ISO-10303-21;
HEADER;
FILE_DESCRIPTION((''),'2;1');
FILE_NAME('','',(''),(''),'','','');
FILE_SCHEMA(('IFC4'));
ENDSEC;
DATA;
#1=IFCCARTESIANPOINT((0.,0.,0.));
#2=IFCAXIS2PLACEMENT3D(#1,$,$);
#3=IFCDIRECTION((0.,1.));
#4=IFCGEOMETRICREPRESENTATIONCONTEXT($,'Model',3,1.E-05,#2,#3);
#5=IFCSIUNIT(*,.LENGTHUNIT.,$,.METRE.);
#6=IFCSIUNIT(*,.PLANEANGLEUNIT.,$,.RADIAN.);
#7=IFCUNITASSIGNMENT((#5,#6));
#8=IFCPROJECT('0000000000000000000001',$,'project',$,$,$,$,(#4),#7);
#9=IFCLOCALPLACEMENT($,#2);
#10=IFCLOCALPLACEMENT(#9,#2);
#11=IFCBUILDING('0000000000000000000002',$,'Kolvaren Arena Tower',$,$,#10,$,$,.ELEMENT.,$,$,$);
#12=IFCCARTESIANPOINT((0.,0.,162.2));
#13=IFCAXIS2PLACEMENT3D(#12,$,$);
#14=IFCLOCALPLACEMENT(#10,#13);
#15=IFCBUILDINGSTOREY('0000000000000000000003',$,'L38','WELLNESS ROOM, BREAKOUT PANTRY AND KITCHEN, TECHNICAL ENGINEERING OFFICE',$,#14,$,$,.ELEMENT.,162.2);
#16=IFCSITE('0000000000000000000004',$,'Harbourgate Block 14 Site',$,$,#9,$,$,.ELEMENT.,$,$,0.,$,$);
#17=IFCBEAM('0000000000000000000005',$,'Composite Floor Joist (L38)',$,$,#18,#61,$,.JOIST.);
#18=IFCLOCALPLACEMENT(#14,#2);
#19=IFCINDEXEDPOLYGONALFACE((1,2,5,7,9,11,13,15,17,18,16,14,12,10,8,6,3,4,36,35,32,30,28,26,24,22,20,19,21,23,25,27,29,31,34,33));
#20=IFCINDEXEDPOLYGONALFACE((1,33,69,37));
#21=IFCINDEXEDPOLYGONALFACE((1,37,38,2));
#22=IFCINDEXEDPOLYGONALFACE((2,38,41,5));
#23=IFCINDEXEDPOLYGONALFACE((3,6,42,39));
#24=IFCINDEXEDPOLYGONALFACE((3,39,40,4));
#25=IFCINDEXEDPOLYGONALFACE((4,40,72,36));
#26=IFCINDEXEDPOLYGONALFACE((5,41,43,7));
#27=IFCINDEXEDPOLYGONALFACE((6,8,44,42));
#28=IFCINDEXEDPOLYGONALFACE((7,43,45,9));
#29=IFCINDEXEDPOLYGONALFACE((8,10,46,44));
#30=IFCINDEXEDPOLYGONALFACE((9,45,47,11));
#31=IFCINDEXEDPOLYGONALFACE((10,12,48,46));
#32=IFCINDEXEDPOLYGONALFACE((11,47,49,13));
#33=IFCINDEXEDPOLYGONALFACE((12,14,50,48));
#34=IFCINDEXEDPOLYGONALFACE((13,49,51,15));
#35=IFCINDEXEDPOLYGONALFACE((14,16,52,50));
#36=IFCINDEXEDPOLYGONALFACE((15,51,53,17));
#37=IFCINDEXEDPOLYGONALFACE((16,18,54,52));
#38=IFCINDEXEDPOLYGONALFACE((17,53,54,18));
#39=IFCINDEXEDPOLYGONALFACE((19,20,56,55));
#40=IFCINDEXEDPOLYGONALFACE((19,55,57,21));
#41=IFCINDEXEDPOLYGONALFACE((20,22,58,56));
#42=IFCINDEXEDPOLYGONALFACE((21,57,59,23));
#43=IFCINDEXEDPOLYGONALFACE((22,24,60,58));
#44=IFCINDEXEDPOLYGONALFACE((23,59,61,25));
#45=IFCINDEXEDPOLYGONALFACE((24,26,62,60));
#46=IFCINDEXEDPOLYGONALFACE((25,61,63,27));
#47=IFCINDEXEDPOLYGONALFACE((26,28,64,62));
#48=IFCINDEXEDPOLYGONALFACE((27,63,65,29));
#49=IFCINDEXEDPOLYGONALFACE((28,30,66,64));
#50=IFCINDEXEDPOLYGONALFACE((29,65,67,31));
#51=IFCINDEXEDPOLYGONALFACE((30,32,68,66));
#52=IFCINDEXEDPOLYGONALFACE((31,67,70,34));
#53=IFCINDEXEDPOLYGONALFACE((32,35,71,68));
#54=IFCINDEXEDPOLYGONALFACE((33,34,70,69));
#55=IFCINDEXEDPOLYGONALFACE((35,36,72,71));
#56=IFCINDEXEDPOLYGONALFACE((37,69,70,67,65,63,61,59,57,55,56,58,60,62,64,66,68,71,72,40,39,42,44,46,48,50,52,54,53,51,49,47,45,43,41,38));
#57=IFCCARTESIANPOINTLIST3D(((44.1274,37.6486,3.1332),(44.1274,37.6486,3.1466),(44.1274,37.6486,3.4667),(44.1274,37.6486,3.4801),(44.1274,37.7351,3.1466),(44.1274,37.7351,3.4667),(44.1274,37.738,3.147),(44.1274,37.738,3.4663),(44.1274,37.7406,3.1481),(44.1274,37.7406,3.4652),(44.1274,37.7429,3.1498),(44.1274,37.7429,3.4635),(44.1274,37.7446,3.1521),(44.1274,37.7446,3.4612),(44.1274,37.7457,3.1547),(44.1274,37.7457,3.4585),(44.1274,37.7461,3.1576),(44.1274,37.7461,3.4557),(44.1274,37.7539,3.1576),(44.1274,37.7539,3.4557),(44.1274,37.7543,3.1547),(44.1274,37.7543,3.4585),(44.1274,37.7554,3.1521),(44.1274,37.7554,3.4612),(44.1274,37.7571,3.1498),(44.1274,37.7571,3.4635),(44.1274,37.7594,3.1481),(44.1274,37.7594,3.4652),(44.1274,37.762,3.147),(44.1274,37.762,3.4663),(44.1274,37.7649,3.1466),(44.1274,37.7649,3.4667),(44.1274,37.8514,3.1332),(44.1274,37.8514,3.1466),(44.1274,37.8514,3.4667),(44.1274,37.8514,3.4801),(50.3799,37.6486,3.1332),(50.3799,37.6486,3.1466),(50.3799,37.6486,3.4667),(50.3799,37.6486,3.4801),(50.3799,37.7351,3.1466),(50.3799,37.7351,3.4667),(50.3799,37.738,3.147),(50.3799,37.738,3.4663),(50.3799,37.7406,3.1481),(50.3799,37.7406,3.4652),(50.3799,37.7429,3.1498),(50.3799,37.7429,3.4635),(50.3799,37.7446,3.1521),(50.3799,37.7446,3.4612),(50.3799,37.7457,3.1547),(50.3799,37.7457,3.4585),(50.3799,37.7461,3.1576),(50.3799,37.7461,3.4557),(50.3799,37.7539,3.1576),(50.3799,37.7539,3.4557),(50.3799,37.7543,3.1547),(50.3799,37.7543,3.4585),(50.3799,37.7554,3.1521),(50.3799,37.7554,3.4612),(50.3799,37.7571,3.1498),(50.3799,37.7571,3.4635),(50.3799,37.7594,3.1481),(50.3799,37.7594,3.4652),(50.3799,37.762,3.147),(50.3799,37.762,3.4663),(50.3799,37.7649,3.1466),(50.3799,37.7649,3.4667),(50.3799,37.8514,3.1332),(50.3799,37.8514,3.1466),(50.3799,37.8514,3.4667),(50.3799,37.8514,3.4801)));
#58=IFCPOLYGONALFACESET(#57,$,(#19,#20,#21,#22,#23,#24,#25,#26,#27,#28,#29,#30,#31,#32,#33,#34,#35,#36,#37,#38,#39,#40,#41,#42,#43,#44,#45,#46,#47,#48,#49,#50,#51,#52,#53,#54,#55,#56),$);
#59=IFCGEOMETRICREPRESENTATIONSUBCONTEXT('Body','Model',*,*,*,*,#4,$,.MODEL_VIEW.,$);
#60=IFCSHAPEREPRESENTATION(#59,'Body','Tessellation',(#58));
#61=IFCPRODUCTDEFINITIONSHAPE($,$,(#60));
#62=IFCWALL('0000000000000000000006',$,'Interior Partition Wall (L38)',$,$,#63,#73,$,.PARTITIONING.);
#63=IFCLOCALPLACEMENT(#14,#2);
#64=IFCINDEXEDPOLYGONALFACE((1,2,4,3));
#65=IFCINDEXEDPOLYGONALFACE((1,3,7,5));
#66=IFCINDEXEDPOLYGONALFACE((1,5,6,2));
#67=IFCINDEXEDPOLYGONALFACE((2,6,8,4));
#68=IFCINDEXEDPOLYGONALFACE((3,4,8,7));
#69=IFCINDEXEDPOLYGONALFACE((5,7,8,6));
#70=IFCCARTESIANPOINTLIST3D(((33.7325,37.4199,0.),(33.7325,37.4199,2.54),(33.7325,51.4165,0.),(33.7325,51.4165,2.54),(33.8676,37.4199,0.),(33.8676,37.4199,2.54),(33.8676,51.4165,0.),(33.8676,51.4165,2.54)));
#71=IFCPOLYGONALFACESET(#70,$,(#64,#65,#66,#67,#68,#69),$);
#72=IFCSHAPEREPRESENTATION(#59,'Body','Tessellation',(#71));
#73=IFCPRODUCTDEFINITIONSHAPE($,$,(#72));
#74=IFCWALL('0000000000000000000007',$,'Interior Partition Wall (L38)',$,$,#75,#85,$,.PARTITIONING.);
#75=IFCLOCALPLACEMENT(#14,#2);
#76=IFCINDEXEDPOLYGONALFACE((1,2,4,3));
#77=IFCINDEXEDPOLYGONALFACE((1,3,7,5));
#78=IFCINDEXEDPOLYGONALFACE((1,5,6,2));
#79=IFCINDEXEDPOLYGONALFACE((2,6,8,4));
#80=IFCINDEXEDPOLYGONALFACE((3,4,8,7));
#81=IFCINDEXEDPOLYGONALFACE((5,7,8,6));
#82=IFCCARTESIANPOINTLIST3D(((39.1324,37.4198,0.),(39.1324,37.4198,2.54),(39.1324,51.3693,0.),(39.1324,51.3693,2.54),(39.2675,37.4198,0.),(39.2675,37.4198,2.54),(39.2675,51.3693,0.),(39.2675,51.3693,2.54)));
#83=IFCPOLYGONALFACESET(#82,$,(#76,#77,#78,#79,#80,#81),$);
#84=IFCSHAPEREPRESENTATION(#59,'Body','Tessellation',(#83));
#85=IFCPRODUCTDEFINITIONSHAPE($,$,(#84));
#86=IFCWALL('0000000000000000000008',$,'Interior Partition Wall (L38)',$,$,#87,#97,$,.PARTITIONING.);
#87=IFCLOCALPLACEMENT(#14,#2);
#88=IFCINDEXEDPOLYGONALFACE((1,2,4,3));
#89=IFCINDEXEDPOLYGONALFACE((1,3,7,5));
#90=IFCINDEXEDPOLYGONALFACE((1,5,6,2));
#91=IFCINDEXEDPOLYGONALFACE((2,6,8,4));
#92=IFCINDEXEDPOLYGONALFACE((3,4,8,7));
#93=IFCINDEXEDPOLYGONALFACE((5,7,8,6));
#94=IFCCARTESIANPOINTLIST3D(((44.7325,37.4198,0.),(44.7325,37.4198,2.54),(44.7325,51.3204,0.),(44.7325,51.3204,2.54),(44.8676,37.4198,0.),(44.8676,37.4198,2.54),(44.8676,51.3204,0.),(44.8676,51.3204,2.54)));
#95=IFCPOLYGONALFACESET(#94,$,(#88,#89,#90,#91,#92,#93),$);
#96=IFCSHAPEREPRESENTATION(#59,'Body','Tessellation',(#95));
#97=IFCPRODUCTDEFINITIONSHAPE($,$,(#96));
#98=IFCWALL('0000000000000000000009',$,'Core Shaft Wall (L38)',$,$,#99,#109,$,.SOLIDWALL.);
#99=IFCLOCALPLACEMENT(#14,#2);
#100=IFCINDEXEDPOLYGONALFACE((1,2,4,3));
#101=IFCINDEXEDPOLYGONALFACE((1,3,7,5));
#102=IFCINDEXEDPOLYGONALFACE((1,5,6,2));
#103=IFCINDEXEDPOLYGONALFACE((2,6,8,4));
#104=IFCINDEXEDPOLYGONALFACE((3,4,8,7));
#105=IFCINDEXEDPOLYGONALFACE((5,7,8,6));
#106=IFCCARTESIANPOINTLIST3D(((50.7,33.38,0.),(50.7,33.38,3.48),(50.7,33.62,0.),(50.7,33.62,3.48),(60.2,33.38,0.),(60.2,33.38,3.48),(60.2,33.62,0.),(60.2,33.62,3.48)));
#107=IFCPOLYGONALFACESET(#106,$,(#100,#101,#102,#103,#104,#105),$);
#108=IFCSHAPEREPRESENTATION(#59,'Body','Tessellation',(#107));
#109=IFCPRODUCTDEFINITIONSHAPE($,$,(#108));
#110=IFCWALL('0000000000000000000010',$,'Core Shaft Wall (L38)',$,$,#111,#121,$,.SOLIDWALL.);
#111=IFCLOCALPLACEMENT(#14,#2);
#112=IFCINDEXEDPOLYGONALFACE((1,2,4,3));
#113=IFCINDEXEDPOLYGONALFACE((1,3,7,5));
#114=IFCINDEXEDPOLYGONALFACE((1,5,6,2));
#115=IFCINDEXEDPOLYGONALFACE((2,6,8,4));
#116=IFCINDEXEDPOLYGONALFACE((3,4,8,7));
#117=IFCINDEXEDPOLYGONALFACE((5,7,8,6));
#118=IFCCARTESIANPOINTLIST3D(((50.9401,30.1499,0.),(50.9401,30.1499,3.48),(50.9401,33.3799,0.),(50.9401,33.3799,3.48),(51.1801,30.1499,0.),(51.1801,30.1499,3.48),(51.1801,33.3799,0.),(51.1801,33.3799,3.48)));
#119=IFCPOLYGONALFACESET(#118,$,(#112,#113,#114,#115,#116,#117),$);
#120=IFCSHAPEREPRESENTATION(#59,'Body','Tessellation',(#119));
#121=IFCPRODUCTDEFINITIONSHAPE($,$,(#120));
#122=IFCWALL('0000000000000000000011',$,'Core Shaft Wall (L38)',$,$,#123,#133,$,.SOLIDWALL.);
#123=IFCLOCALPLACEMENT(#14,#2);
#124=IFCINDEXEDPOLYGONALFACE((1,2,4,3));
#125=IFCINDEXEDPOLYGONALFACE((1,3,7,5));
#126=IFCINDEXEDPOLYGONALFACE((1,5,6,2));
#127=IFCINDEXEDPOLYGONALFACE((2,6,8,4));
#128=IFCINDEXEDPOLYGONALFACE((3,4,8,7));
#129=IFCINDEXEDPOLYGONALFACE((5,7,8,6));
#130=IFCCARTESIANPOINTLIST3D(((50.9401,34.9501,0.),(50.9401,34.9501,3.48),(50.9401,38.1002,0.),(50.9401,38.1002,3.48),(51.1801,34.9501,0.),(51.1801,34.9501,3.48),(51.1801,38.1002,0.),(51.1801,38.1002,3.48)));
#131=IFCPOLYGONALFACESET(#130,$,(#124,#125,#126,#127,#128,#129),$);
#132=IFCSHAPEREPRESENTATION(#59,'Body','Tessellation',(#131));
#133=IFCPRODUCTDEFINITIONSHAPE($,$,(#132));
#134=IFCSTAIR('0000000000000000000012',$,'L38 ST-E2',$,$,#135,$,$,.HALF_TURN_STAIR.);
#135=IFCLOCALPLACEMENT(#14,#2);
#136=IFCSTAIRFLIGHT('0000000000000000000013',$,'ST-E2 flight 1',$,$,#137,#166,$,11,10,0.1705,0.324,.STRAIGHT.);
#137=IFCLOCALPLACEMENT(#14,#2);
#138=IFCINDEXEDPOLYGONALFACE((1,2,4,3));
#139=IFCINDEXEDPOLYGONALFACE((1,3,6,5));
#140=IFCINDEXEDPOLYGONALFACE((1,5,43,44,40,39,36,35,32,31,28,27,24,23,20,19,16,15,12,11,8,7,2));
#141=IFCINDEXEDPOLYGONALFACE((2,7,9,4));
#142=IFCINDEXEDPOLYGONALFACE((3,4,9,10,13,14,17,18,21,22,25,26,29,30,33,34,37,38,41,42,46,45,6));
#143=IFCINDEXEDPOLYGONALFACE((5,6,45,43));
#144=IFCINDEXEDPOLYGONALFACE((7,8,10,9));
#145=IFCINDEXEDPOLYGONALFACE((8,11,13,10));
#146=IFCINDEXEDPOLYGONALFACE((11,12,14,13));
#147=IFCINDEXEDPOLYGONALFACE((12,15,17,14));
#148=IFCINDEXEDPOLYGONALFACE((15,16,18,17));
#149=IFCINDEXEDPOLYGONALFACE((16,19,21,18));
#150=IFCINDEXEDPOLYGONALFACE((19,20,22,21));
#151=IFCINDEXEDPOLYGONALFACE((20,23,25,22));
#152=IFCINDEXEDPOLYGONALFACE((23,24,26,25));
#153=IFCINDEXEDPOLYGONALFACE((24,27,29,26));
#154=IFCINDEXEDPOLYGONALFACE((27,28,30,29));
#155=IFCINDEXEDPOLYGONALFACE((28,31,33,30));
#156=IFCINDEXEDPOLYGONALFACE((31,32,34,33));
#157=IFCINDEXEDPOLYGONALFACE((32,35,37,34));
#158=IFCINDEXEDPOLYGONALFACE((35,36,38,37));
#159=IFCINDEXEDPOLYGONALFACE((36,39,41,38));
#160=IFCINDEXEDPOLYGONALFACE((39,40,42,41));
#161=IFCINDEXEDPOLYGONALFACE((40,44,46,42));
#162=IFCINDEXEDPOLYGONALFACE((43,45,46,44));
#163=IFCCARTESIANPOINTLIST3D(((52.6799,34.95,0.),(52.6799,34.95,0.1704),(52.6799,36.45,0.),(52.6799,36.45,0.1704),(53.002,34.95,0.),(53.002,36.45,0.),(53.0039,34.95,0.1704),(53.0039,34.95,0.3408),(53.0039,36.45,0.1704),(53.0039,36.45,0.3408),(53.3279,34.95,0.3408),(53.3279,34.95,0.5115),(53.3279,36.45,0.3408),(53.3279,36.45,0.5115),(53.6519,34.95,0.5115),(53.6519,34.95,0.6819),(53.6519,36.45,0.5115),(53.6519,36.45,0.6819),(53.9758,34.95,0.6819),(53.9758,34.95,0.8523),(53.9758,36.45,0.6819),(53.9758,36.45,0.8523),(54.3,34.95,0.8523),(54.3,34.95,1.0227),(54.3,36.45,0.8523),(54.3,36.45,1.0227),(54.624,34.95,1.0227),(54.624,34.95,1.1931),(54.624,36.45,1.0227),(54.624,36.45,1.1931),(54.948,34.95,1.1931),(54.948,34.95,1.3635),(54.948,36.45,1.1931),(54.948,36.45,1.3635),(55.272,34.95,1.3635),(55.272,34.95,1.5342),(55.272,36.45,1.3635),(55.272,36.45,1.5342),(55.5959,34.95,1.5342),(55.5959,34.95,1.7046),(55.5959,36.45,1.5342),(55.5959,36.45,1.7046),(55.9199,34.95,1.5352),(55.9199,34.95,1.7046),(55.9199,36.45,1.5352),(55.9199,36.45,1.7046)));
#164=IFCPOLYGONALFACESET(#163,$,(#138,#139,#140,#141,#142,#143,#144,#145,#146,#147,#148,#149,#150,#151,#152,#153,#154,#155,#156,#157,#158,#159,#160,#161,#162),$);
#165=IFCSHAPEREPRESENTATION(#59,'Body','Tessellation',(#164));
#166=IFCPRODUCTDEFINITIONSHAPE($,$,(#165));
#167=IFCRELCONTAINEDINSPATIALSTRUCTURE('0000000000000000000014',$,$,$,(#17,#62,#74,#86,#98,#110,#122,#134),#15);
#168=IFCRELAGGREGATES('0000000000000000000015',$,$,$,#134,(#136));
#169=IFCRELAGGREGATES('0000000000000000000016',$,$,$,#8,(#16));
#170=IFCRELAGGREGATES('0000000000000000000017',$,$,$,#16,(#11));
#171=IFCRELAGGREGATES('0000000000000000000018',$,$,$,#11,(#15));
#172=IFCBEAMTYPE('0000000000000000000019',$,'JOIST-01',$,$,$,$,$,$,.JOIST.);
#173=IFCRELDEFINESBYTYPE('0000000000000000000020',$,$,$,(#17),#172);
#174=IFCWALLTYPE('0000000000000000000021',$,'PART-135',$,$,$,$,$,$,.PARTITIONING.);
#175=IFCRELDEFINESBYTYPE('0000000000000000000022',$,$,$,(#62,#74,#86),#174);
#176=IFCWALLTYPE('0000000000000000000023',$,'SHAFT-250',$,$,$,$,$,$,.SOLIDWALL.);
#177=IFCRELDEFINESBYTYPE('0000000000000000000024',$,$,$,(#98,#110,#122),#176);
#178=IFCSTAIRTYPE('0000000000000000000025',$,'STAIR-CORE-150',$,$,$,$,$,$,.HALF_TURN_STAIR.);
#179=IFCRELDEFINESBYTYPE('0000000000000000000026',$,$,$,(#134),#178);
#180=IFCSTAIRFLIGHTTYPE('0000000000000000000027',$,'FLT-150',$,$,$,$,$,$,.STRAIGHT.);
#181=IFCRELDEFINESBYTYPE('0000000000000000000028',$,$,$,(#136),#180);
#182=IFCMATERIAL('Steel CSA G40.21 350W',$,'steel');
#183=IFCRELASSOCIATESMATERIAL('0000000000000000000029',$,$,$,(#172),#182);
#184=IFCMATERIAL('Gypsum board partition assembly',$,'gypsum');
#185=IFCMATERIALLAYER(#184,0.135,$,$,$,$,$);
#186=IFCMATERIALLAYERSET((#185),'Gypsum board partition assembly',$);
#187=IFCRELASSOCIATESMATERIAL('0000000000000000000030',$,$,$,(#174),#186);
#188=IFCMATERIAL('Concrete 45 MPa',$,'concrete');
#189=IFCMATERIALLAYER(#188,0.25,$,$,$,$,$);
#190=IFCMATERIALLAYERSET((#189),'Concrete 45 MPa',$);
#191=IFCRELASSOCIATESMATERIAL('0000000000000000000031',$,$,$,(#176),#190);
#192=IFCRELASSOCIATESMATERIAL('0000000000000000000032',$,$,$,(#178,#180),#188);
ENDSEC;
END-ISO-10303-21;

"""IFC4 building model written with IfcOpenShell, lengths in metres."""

from ifc_helpers import new_model, si_unit, direction, frame, frame_2d, origin, origin_2d, place, context, subcontext, project, spatial, polyline, rectangle, i_section, outline, extrude, material, layer, layer_set, material_profile, profile_set, type_object, element, aggregate, save


model = new_model("IFC4")

# Units and contexts
model_context = context("Model", 3, precision=1e-05, world=origin(), true_north=direction((0.0, 1.0)))
body_context = subcontext(model_context, "Body", "Model", "MODEL_VIEW")
ifc_project = project(units=[si_unit("LENGTHUNIT", "METRE"), si_unit("PLANEANGLEUNIT", "RADIAN")], contexts=[model_context])

# Site, building, storey
site_placement = place(None, origin())
site = spatial("IfcSite", under=ifc_project, at=site_placement, Name="Harbourgate Block 14 Site", CompositionType="ELEMENT", RefElevation=0.0)
building_placement = place(site_placement, origin())
building = spatial("IfcBuilding", under=site, at=building_placement, Name="Kolvaren Arena Tower", CompositionType="ELEMENT")
storey_placement = place(building_placement, frame((0.0, 0.0, 162.2)))
storey = spatial("IfcBuildingStorey", under=building, at=storey_placement, Name="L38", Description="WELLNESS ROOM, BREAKOUT PANTRY AND KITCHEN, TECHNICAL ENGINEERING OFFICE", CompositionType="ELEMENT", Elevation=162.2)

# Beam
ifc_material_1 = material(Name="Steel CSA G40.21 350W", Category="steel")
ifc_material_profile_1 = material_profile(ifc_material_1, i_section(OverallWidth=0.2029, OverallDepth=0.3469, WebThickness=0.0078, FlangeThickness=0.0134, FilletRadius=0.011, at=origin_2d()), Name="W360x64")
ifc_profile_set_1 = profile_set([ifc_material_profile_1], Name="Steel CSA G40.21 350W")
beam_type_1 = type_object("IfcBeamType", Name="JOIST-01", PredefinedType="JOIST", material=ifc_profile_set_1)
for number, where, z_axis, x_axis, name in (
    (1, (44.1274, 37.75, 3.3066), (1.0, 0.0, 0.0), (0.0, 1.0, 0.0), "Composite Floor Joist (L38)"),
):
    element("IfcBeam", number, at=place(storey_placement, frame(where, z_axis=z_axis, x_axis=x_axis)), inside=storey, type_object=beam_type_1, Name=name, PredefinedType="JOIST", context=body_context, shape_type="SweptSolid", body=[
        extrude(i_section(OverallWidth=0.2029, OverallDepth=0.3469, WebThickness=0.0078, FlangeThickness=0.0134, FilletRadius=0.011, at=origin_2d()), origin(), (0.0, 0.0, 1.0), 6.2524),
    ])

# Walls
ifc_material_2 = material(Name="Gypsum board partition assembly", Category="gypsum")
ifc_layer_1 = layer(ifc_material_2, 0.135)
ifc_layer_set_1 = layer_set([ifc_layer_1], Name="Gypsum board partition assembly")
wall_type_1 = type_object("IfcWallType", Name="PART-135", PredefinedType="PARTITIONING", material=ifc_layer_set_1)
wall_1_placement = place(storey_placement, frame((33.8, 37.4199, 0.0), z_axis=(0.0, 0.0, 1.0), x_axis=(0.0, 1.0, 0.0)))
element("IfcWall", 2, at=wall_1_placement, inside=storey, type_object=wall_type_1, Name="Interior Partition Wall (L38)", PredefinedType="PARTITIONING", context=body_context, shape_type="SweptSolid", body=[
    extrude(rectangle(XDim=13.9966, YDim=0.135, at=frame_2d((6.9983, 0.0))), origin(), (0.0, 0.0, 1.0), 2.54),
])
wall_2_placement = place(storey_placement, frame((39.2, 37.4199, 0.0), z_axis=(0.0, 0.0, 1.0), x_axis=(0.0, 1.0, 0.0)))
element("IfcWall", 3, at=wall_2_placement, inside=storey, type_object=wall_type_1, Name="Interior Partition Wall (L38)", PredefinedType="PARTITIONING", context=body_context, shape_type="SweptSolid", body=[
    extrude(rectangle(XDim=13.9495, YDim=0.135, at=frame_2d((6.9746, 0.0))), origin(), (0.0, 0.0, 1.0), 2.54),
])
wall_3_placement = place(storey_placement, frame((44.8, 37.4199, 0.0), z_axis=(0.0, 0.0, 1.0), x_axis=(0.0, 1.0, 0.0)))
element("IfcWall", 4, at=wall_3_placement, inside=storey, type_object=wall_type_1, Name="Interior Partition Wall (L38)", PredefinedType="PARTITIONING", context=body_context, shape_type="SweptSolid", body=[
    extrude(rectangle(XDim=13.9006, YDim=0.135, at=frame_2d((6.9502, 0.0))), origin(), (0.0, 0.0, 1.0), 2.54),
])
ifc_material_3 = material(Name="Concrete 45 MPa", Category="concrete")
ifc_layer_2 = layer(ifc_material_3, 0.25)
ifc_layer_set_2 = layer_set([ifc_layer_2], Name="Concrete 45 MPa")
wall_type_2 = type_object("IfcWallType", Name="SHAFT-250", PredefinedType="SOLIDWALL", material=ifc_layer_set_2)
wall_4_placement = place(storey_placement, frame((50.7, 33.5, 0.0), z_axis=(0.0, 0.0, 1.0), x_axis=(1.0, 0.0, 0.0)))
element("IfcWall", 5, at=wall_4_placement, inside=storey, type_object=wall_type_2, Name="Core Shaft Wall (L38)", PredefinedType="SOLIDWALL", context=body_context, shape_type="SweptSolid", body=[
    extrude(rectangle(XDim=9.5, YDim=0.24, at=frame_2d((4.75, 0.0))), origin(), (0.0, 0.0, 1.0), 3.48),
])
wall_5_placement = place(storey_placement, frame((51.0601, 30.1499, 0.0), z_axis=(0.0, 0.0, 1.0), x_axis=(0.0, 1.0, 0.0)))
element("IfcWall", 6, at=wall_5_placement, inside=storey, type_object=wall_type_2, Name="Core Shaft Wall (L38)", PredefinedType="SOLIDWALL", context=body_context, shape_type="SweptSolid", body=[
    extrude(rectangle(XDim=3.23, YDim=0.24, at=frame_2d((1.615, 0.0))), origin(), (0.0, 0.0, 1.0), 3.48),
])
wall_6_placement = place(storey_placement, frame((51.0601, 34.95, 0.0), z_axis=(0.0, 0.0, 1.0), x_axis=(0.0, 1.0, 0.0)))
element("IfcWall", 7, at=wall_6_placement, inside=storey, type_object=wall_type_2, Name="Core Shaft Wall (L38)", PredefinedType="SOLIDWALL", context=body_context, shape_type="SweptSolid", body=[
    extrude(rectangle(XDim=3.1501, YDim=0.24, at=frame_2d((1.5752, 0.0))), origin(), (0.0, 0.0, 1.0), 3.48),
])

# Stair, stair flight
stair_type = type_object("IfcStairType", Name="STAIR-CORE-150", PredefinedType="HALF_TURN_STAIR", material=ifc_material_3)
stair_placement = place(storey_placement, origin())
stair = element("IfcStair", 8, at=stair_placement, inside=storey, type_object=stair_type, Name="L38 ST-E2", PredefinedType="HALF_TURN_STAIR")
stair_flight_type = type_object("IfcStairFlightType", Name="FLT-150", PredefinedType="STRAIGHT", material=ifc_material_3)
stair_flight_placement = place(storey_placement, frame((52.6799, 35.7, 0.0), z_axis=(0.0, 0.0, 1.0), x_axis=(1.0, 0.0, 0.0)))
stair_flight = element("IfcStairFlight", 9, at=stair_flight_placement, type_object=stair_flight_type, Name="ST-E2 flight 1", NumberOfRisers=11, NumberOfTreads=10, PredefinedType="STRAIGHT", RiserHeight=0.1705, TreadLength=0.324, context=body_context, shape_type="SweptSolid", body=[
    extrude(outline(polyline([(0.0, 0.0), (0.0, 0.1704), (0.324, 0.1704), (0.324, 0.3408), (0.6479, 0.3408), (0.6479, 0.5115), (0.9719, 0.5115), (0.9719, 0.6819), (1.2959, 0.6819), (1.2959, 0.8523), (1.6201, 0.8523), (1.6201, 1.0227), (1.9441, 1.0227), (1.9441, 1.1931), (2.2681, 1.1931), (2.2681, 1.3635), (2.592, 1.3635), (2.592, 1.5342), (2.916, 1.5342), (2.916, 1.7046), (3.24, 1.7046), (3.24, 1.875), (3.24, 1.5352), (0.322, 0.0), (0.0, 0.0)])), frame((0.0, 0.75, 0.0), z_axis=(0.0, -1.0, 0.0), x_axis=(1.0, 0.0, 0.0)), (0.0, 0.0, 1.0), 1.5),
])
aggregate(stair, [stair_flight])

save(model, "model.ifc")
